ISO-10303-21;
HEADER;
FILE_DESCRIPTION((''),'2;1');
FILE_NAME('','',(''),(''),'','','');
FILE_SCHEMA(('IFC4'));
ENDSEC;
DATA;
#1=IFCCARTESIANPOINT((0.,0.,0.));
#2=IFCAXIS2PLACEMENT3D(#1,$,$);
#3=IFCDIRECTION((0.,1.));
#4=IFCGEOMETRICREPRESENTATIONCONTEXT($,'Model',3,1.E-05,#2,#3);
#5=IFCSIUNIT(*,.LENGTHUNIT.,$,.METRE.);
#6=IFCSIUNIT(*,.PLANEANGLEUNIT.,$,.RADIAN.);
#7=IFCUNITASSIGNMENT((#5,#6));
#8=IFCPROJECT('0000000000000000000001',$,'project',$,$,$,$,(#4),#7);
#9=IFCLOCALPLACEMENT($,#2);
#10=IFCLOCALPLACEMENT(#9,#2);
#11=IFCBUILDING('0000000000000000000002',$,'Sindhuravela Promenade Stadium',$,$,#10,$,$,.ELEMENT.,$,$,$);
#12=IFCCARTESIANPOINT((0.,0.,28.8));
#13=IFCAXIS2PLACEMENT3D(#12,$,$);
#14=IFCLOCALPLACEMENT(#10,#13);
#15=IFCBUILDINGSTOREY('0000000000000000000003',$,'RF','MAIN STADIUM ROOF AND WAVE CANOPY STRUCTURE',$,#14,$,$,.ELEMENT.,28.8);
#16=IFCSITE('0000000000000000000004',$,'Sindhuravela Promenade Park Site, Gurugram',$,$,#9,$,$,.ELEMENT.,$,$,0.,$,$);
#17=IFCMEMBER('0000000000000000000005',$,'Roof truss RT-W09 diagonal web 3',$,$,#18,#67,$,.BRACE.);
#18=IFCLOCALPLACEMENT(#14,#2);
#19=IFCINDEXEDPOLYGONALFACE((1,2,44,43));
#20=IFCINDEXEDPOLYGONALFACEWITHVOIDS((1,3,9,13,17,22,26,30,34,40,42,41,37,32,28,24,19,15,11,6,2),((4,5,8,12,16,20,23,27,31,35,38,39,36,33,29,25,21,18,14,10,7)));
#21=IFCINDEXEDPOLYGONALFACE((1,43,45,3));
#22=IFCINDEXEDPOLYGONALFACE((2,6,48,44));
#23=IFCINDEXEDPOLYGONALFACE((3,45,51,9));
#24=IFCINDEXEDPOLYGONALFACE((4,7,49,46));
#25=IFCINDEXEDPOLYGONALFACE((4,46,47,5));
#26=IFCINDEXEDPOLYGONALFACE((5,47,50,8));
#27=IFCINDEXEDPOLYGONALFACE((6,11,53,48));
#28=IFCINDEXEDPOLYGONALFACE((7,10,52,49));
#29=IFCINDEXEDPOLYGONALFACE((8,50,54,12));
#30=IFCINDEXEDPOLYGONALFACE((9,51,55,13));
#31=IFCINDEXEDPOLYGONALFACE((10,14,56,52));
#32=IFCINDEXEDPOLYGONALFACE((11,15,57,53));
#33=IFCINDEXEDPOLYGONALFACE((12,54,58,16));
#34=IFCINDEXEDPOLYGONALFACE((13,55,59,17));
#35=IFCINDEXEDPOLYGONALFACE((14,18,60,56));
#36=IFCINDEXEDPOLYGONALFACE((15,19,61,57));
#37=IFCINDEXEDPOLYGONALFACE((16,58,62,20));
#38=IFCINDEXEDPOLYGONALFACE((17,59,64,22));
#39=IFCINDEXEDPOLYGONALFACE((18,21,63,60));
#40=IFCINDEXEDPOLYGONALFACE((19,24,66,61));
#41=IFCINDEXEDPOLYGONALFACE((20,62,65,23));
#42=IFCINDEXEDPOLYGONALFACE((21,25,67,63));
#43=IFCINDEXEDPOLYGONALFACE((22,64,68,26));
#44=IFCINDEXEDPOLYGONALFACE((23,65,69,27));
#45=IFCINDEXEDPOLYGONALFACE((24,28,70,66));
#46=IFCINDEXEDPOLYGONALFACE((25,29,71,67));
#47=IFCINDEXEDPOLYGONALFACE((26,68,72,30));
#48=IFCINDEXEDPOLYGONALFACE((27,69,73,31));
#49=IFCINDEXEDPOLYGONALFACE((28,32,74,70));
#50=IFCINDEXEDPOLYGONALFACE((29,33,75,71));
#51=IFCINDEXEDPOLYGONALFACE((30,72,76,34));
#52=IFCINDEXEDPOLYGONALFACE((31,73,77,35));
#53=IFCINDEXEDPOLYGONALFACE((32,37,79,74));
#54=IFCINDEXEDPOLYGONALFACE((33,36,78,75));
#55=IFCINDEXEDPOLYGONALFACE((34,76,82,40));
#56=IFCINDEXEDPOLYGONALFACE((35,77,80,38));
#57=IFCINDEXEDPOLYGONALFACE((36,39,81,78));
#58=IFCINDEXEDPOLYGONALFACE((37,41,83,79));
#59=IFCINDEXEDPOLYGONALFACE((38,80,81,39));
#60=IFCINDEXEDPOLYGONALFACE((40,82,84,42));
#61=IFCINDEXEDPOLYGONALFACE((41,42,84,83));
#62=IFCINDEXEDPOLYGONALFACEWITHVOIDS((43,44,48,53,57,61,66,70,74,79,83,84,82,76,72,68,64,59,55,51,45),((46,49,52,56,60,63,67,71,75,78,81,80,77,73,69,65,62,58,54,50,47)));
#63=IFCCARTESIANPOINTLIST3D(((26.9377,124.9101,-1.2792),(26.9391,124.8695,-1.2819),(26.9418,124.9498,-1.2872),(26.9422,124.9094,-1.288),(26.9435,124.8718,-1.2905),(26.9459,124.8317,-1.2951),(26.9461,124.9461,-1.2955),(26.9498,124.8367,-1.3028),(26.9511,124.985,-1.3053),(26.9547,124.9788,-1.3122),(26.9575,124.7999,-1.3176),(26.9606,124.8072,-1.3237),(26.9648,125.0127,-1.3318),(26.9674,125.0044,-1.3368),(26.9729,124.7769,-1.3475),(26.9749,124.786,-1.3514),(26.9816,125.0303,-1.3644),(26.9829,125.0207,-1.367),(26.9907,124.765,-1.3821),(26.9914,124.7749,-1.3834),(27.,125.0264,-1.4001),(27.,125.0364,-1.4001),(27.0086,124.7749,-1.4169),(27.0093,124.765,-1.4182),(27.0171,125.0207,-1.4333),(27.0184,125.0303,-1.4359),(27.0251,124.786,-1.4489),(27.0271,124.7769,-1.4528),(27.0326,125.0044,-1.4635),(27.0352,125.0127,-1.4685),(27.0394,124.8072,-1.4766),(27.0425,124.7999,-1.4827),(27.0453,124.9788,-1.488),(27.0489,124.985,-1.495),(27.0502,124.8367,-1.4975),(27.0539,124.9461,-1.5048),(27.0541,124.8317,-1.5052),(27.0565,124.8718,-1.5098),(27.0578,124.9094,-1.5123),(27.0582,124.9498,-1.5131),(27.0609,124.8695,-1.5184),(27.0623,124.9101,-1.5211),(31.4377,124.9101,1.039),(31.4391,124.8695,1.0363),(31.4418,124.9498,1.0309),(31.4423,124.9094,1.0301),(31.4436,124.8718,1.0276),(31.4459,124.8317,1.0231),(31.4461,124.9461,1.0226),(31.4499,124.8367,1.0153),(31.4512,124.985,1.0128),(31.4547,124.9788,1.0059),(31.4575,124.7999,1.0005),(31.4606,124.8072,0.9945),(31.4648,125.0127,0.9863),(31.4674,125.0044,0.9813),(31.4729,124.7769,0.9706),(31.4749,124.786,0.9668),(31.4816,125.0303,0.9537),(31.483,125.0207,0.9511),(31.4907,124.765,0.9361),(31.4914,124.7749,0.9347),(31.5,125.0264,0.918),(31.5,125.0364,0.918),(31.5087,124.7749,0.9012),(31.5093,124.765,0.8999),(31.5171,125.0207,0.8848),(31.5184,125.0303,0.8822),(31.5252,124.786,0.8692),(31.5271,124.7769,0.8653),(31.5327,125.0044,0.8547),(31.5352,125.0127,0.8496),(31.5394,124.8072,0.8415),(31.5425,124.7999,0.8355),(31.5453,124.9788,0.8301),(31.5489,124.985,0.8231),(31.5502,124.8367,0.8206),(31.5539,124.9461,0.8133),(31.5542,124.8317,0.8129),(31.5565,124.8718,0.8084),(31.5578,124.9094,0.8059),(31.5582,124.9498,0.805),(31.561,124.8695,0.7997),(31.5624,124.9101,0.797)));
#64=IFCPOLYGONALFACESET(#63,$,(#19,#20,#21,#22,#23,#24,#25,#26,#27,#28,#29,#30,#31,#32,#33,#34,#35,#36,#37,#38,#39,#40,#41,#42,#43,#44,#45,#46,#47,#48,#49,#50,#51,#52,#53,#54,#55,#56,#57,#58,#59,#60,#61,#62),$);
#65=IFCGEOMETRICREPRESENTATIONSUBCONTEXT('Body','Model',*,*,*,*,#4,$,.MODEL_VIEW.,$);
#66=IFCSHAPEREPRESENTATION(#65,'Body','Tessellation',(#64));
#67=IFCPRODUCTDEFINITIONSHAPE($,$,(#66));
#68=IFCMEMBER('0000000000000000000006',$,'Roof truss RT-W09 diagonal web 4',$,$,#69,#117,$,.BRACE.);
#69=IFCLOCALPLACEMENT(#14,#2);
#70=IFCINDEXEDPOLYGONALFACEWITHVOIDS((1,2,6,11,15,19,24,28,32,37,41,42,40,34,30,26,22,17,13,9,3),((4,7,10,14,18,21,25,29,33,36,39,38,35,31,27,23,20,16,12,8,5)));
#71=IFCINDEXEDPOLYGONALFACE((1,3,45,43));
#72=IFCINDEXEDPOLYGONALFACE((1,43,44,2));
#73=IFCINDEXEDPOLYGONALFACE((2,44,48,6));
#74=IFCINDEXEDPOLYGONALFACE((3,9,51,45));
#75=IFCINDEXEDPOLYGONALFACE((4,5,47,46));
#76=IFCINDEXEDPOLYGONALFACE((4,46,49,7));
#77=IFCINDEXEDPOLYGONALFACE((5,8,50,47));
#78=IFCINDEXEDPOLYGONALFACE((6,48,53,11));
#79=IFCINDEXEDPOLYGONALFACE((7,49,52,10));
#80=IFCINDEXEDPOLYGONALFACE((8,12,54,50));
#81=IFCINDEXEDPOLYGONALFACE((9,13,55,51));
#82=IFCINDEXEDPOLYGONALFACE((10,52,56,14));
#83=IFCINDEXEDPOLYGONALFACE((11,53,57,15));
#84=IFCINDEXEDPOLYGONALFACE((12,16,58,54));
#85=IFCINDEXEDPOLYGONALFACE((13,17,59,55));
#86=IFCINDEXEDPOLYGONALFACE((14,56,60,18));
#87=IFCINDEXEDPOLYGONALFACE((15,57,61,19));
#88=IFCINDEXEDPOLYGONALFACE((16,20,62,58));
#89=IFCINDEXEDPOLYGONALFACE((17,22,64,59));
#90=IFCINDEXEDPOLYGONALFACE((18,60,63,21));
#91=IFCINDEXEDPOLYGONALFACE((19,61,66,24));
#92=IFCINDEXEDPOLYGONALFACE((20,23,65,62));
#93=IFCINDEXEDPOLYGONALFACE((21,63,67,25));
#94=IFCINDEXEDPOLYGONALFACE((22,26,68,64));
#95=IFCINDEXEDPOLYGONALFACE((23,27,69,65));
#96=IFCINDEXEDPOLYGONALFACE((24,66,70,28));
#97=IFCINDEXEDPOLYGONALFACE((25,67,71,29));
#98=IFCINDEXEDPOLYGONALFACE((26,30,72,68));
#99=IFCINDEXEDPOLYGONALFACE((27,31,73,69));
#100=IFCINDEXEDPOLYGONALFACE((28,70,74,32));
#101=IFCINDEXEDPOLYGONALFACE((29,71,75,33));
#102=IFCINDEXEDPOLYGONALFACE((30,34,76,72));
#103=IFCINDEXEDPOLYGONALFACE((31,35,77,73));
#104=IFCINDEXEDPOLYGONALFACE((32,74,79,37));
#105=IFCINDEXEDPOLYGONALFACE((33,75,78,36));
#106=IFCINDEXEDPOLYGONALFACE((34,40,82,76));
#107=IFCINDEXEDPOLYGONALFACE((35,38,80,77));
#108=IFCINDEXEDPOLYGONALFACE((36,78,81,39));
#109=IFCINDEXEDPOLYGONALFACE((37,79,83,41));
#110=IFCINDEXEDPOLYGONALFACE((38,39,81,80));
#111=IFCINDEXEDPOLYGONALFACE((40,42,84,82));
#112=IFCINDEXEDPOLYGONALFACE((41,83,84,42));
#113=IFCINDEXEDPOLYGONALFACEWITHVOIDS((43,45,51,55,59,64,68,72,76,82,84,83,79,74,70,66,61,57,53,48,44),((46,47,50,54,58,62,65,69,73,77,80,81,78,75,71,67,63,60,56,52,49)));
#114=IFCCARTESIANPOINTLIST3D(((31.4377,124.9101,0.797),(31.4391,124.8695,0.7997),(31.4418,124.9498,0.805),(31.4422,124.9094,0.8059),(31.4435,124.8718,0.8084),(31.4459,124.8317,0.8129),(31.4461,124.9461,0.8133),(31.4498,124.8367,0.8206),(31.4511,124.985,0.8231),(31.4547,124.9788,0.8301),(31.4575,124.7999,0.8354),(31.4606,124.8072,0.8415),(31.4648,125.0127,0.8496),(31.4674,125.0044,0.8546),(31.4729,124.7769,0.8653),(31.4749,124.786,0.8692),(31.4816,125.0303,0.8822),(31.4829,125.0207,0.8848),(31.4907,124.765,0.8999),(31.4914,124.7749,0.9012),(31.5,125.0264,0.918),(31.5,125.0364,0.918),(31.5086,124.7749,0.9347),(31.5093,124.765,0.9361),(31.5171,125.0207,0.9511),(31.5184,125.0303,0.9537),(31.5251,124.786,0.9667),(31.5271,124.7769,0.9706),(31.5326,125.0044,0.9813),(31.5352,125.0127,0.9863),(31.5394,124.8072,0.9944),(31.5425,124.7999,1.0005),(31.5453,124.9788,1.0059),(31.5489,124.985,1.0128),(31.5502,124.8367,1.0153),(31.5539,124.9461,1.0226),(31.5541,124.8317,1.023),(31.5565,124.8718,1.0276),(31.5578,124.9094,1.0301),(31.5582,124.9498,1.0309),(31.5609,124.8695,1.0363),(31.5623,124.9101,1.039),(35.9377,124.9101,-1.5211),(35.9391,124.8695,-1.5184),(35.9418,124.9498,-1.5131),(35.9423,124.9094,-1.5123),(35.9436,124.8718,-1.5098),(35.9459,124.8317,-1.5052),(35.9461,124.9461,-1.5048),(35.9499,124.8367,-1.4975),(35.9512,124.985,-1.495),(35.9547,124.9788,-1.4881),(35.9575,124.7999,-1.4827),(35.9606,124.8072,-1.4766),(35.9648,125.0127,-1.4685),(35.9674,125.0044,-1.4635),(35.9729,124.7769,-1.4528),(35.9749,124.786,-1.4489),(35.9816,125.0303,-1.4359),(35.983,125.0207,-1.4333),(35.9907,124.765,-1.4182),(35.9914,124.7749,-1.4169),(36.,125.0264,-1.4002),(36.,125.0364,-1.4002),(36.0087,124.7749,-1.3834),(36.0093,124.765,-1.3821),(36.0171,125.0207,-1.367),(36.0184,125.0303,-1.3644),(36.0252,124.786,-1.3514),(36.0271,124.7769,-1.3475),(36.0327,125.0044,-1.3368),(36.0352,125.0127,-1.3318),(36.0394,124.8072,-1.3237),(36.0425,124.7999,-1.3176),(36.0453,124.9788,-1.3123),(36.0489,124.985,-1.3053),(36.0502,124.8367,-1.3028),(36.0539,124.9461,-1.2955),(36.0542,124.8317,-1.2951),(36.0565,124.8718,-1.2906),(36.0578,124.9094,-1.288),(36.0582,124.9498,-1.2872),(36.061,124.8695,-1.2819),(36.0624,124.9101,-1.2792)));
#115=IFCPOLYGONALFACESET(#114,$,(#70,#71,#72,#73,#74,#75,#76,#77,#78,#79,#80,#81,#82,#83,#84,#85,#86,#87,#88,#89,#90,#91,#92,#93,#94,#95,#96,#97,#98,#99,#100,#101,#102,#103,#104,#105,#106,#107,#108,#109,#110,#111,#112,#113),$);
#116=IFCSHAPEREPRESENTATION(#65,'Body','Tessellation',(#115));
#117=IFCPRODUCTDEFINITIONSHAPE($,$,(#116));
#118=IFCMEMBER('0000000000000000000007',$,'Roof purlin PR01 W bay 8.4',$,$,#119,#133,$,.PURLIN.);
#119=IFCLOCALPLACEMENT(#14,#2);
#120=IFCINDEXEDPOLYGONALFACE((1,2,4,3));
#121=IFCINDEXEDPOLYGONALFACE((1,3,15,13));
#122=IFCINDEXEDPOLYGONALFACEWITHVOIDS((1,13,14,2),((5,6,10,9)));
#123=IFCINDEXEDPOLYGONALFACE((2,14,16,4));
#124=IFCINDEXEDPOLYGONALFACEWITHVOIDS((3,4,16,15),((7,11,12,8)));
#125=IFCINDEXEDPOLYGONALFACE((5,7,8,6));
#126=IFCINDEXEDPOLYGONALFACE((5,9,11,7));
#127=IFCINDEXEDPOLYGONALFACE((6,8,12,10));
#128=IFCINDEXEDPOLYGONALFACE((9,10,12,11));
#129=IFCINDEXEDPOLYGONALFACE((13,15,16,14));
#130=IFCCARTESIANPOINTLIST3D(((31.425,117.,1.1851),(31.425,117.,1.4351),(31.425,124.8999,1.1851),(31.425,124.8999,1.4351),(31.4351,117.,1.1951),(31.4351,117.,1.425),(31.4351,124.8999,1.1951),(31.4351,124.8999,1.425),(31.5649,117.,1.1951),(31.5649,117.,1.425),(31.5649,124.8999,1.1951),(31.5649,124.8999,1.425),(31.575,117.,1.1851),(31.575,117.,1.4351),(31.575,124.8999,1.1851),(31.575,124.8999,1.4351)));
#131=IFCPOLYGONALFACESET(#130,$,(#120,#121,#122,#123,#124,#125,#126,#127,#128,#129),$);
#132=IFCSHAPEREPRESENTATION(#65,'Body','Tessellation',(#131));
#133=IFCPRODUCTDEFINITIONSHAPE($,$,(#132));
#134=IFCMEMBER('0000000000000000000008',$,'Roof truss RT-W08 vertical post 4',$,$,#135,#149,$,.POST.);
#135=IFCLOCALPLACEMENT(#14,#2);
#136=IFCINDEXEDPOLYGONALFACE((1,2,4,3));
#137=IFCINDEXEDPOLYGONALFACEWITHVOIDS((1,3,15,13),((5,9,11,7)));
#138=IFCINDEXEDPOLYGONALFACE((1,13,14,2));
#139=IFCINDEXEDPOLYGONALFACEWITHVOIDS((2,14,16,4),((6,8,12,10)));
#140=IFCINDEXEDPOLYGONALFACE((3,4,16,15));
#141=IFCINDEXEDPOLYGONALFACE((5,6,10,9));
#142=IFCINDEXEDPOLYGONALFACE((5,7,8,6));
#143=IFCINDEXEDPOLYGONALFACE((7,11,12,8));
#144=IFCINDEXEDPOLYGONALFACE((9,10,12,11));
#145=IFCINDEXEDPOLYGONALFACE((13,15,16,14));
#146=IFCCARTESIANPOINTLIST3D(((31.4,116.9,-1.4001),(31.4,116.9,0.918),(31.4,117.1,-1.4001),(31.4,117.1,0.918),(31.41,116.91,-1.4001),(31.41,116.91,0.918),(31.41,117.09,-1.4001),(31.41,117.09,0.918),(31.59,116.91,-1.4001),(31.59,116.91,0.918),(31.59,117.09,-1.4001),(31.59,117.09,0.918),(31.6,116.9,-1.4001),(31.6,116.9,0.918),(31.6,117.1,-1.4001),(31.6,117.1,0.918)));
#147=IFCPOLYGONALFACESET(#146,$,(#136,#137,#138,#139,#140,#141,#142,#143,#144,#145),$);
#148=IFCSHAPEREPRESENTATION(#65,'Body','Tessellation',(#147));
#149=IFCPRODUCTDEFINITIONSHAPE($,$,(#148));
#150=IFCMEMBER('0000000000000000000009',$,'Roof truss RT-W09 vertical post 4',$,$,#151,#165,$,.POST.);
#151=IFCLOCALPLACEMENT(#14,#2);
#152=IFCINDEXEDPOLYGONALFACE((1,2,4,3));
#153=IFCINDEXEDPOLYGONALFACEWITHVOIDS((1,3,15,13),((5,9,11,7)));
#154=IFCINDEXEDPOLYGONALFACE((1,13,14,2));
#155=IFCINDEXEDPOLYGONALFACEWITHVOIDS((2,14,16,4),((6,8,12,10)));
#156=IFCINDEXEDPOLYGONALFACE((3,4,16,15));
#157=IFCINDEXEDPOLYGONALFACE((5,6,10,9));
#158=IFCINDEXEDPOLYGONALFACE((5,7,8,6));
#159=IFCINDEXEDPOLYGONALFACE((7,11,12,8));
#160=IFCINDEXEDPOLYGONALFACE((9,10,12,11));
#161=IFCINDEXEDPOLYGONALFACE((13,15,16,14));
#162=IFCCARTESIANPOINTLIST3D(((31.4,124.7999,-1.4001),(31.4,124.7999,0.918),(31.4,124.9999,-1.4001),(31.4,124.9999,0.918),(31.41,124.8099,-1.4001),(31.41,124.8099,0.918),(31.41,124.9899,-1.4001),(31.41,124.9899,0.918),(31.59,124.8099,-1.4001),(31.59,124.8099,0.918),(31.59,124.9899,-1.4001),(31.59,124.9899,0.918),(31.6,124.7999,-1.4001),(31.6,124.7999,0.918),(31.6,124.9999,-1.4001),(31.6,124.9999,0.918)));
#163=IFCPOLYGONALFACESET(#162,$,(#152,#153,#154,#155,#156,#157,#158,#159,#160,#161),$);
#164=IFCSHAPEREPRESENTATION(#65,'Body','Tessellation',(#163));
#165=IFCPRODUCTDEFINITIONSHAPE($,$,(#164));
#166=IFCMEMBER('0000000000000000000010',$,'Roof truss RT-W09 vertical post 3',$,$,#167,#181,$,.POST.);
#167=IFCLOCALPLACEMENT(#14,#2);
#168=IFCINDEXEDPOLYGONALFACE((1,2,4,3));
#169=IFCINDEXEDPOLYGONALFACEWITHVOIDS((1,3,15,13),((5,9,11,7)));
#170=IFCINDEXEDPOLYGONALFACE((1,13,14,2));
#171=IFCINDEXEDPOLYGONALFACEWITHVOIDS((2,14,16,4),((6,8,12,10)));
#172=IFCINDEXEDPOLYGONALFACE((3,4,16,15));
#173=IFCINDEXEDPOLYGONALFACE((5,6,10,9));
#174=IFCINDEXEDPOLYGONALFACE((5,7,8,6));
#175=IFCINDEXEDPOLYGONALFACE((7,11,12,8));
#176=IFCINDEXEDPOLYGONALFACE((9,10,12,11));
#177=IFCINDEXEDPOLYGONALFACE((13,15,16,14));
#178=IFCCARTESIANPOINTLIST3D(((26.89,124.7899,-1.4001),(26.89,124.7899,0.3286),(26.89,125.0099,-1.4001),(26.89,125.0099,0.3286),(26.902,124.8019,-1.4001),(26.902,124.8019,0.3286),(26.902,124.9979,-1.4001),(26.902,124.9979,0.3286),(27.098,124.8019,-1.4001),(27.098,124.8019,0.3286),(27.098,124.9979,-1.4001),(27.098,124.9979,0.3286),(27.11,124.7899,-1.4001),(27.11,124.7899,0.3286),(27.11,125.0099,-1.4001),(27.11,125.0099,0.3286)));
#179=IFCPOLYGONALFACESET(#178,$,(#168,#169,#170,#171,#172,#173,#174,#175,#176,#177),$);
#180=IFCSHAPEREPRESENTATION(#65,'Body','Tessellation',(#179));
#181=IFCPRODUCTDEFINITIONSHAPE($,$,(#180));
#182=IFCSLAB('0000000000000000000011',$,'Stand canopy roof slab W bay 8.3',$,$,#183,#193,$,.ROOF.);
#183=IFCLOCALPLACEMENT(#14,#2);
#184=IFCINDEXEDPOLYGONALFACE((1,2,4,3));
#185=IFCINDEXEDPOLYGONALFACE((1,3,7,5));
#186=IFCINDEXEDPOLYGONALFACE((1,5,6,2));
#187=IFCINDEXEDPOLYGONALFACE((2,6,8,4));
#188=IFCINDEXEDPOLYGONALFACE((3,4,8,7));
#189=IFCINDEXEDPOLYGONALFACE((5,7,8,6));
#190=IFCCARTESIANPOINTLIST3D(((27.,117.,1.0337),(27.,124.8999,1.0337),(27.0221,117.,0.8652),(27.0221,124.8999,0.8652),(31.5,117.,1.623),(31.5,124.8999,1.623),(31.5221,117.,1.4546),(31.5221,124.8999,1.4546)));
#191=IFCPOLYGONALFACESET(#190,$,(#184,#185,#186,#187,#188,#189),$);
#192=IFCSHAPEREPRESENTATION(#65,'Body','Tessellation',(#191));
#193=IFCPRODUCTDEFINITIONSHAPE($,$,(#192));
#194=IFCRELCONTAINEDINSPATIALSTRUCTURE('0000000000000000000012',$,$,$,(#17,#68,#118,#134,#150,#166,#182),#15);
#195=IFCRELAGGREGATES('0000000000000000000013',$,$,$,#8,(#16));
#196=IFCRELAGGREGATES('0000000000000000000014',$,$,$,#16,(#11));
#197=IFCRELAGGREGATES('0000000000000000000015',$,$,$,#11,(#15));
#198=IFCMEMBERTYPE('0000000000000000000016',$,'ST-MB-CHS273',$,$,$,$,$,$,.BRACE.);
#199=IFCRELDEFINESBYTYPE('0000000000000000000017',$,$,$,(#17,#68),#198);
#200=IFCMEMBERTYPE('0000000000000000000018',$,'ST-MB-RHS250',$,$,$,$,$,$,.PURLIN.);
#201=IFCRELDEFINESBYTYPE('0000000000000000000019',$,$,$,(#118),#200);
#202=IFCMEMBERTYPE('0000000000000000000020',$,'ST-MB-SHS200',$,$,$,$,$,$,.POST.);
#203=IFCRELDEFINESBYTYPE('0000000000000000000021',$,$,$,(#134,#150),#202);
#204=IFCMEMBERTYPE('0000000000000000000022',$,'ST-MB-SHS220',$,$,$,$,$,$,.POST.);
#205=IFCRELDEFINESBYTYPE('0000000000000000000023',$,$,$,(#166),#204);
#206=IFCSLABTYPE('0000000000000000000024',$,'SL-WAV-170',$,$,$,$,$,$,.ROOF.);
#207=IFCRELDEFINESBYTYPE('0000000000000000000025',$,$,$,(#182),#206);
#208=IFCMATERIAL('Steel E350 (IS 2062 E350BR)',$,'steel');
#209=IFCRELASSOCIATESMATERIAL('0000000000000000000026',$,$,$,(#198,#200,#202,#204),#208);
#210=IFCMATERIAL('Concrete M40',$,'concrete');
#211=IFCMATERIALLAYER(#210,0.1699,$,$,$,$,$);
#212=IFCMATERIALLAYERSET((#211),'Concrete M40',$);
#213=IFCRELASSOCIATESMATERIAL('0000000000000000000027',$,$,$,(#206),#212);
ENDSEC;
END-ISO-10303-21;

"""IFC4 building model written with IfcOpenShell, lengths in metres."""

from ifc_helpers import new_model, si_unit, direction, frame, origin, origin_2d, place, context, subcontext, project, spatial, polyline, hollow_rectangle, hollow_circle, outline, extrude, material, layer, layer_set, material_profile, profile_set, type_object, element, save


model = new_model("IFC4")

# Units and contexts
model_context = context("Model", 3, precision=1e-05, world=origin(), true_north=direction((0.0, 1.0)))
body_context = subcontext(model_context, "Body", "Model", "MODEL_VIEW")
ifc_project = project(units=[si_unit("LENGTHUNIT", "METRE"), si_unit("PLANEANGLEUNIT", "RADIAN")], contexts=[model_context])

# Site, building, storey
site_placement = place(None, origin())
site = spatial("IfcSite", under=ifc_project, at=site_placement, Name="Sindhuravela Promenade Park Site, Gurugram", CompositionType="ELEMENT", RefElevation=0.0)
building_placement = place(site_placement, origin())
building = spatial("IfcBuilding", under=site, at=building_placement, Name="Sindhuravela Promenade Stadium", CompositionType="ELEMENT")
storey_placement = place(building_placement, frame((0.0, 0.0, 28.8)))
storey = spatial("IfcBuildingStorey", under=building, at=storey_placement, Name="RF", Description="MAIN STADIUM ROOF AND WAVE CANOPY STRUCTURE", CompositionType="ELEMENT", Elevation=28.8)

# Shared definitions
ifc_material_1 = material(Name="Steel E350 (IS 2062 E350BR)", Category="steel")

# Members
ifc_material_profile_1 = material_profile(ifc_material_1, hollow_circle(Radius=0.1365, WallThickness=0.01, at=origin_2d()), Name="CHS 273.0x10")
ifc_profile_set_1 = profile_set([ifc_material_profile_1], Name="Steel E350 (IS 2062 E350BR)")
member_type_1 = type_object("IfcMemberType", Name="ST-MB-CHS273", PredefinedType="BRACE", material=ifc_profile_set_1)
for number, where, z_axis, x_axis, name in (
    (1, (27.0, 124.8999, -1.4001), (0.88898, 0.0, 0.457946), (0.0, 1.0, 0.0), "Roof truss RT-W09 diagonal web 3"),
    (2, (31.5, 124.8999, 0.918), (0.88898, 0.0, -0.457946), (0.0, 1.0, 0.0), "Roof truss RT-W09 diagonal web 4"),
):
    element("IfcMember", number, at=place(storey_placement, frame(where, z_axis=z_axis, x_axis=x_axis)), inside=storey, type_object=member_type_1, Name=name, PredefinedType="BRACE", context=body_context, shape_type="SweptSolid", body=[
        extrude(hollow_circle(Radius=0.1365, WallThickness=0.01, at=origin_2d()), origin(), (0.0, 0.0, 1.0), 5.062),
    ])
ifc_material_profile_2 = material_profile(ifc_material_1, hollow_rectangle(XDim=0.1499, YDim=0.25, WallThickness=0.01, at=origin_2d()), Name="RHS 250x150x10")
ifc_profile_set_2 = profile_set([ifc_material_profile_2], Name="Steel E350 (IS 2062 E350BR)")
member_type_2 = type_object("IfcMemberType", Name="ST-MB-RHS250", PredefinedType="PURLIN", material=ifc_profile_set_2)
member_1_placement = place(storey_placement, frame((31.5, 117.0, 1.3101), z_axis=(0.0, 1.0, 0.0), x_axis=(-1.0, 0.0, 0.0)))
element("IfcMember", 3, at=member_1_placement, inside=storey, type_object=member_type_2, Name="Roof purlin PR01 W bay 8.4", PredefinedType="PURLIN", context=body_context, shape_type="SweptSolid", body=[
    extrude(hollow_rectangle(XDim=0.1499, YDim=0.25, WallThickness=0.01, at=origin_2d()), origin(), (0.0, 0.0, 1.0), 7.8999),
])
ifc_material_profile_3 = material_profile(ifc_material_1, hollow_rectangle(XDim=0.2, YDim=0.2, WallThickness=0.01, at=origin_2d()), Name="SHS 200x200x10")
ifc_profile_set_3 = profile_set([ifc_material_profile_3], Name="Steel E350 (IS 2062 E350BR)")
member_type_3 = type_object("IfcMemberType", Name="ST-MB-SHS200", PredefinedType="POST", material=ifc_profile_set_3)
for number, where, z_axis, x_axis, name in (
    (4, (31.5, 117.0, -1.4001), (0.0, 0.0, 1.0), (1.0, 0.0, 0.0), "Roof truss RT-W08 vertical post 4"),
    (5, (31.5, 124.8999, -1.4001), (0.0, 0.0, 1.0), (1.0, 0.0, 0.0), "Roof truss RT-W09 vertical post 4"),
):
    element("IfcMember", number, at=place(storey_placement, frame(where, z_axis=z_axis, x_axis=x_axis)), inside=storey, type_object=member_type_3, Name=name, PredefinedType="POST", context=body_context, shape_type="SweptSolid", body=[
        extrude(hollow_rectangle(XDim=0.2, YDim=0.2, WallThickness=0.01, at=origin_2d()), origin(), (0.0, 0.0, 1.0), 2.3181),
    ])
ifc_material_profile_4 = material_profile(ifc_material_1, hollow_rectangle(XDim=0.22, YDim=0.22, WallThickness=0.012, at=origin_2d()), Name="SHS 220x220x12")
ifc_profile_set_4 = profile_set([ifc_material_profile_4], Name="Steel E350 (IS 2062 E350BR)")
member_type_4 = type_object("IfcMemberType", Name="ST-MB-SHS220", PredefinedType="POST", material=ifc_profile_set_4)
member_2_placement = place(storey_placement, frame((27.0, 124.8999, -1.4001), z_axis=(0.0, 0.0, 1.0), x_axis=(1.0, 0.0, 0.0)))
element("IfcMember", 6, at=member_2_placement, inside=storey, type_object=member_type_4, Name="Roof truss RT-W09 vertical post 3", PredefinedType="POST", context=body_context, shape_type="SweptSolid", body=[
    extrude(hollow_rectangle(XDim=0.22, YDim=0.22, WallThickness=0.012, at=origin_2d()), origin(), (0.0, 0.0, 1.0), 1.7288),
])

# Slab
ifc_material_2 = material(Name="Concrete M40", Category="concrete")
ifc_layer_1 = layer(ifc_material_2, 0.1699)
ifc_layer_set_1 = layer_set([ifc_layer_1], Name="Concrete M40")
slab_type = type_object("IfcSlabType", Name="SL-WAV-170", PredefinedType="ROOF", material=ifc_layer_set_1)
slab_1_placement = place(storey_placement, frame((27.0, 117.0, 1.0337), z_axis=(-0.129859, 0.0, 0.991532), x_axis=(0.0, 1.0, 0.0)))
element("IfcSlab", 7, at=slab_1_placement, inside=storey, type_object=slab_type, Name="Stand canopy roof slab W bay 8.3", PredefinedType="ROOF", context=body_context, shape_type="SweptSolid", body=[
    extrude(outline(polyline([(0.0, 0.0), (0.0, -4.5384), (7.8999, -4.5384), (7.8999, 0.0), (0.0, 0.0)])), origin(), (0.0, 0.0, -1.0), 0.1699),
])

save(model, "model.ifc")
